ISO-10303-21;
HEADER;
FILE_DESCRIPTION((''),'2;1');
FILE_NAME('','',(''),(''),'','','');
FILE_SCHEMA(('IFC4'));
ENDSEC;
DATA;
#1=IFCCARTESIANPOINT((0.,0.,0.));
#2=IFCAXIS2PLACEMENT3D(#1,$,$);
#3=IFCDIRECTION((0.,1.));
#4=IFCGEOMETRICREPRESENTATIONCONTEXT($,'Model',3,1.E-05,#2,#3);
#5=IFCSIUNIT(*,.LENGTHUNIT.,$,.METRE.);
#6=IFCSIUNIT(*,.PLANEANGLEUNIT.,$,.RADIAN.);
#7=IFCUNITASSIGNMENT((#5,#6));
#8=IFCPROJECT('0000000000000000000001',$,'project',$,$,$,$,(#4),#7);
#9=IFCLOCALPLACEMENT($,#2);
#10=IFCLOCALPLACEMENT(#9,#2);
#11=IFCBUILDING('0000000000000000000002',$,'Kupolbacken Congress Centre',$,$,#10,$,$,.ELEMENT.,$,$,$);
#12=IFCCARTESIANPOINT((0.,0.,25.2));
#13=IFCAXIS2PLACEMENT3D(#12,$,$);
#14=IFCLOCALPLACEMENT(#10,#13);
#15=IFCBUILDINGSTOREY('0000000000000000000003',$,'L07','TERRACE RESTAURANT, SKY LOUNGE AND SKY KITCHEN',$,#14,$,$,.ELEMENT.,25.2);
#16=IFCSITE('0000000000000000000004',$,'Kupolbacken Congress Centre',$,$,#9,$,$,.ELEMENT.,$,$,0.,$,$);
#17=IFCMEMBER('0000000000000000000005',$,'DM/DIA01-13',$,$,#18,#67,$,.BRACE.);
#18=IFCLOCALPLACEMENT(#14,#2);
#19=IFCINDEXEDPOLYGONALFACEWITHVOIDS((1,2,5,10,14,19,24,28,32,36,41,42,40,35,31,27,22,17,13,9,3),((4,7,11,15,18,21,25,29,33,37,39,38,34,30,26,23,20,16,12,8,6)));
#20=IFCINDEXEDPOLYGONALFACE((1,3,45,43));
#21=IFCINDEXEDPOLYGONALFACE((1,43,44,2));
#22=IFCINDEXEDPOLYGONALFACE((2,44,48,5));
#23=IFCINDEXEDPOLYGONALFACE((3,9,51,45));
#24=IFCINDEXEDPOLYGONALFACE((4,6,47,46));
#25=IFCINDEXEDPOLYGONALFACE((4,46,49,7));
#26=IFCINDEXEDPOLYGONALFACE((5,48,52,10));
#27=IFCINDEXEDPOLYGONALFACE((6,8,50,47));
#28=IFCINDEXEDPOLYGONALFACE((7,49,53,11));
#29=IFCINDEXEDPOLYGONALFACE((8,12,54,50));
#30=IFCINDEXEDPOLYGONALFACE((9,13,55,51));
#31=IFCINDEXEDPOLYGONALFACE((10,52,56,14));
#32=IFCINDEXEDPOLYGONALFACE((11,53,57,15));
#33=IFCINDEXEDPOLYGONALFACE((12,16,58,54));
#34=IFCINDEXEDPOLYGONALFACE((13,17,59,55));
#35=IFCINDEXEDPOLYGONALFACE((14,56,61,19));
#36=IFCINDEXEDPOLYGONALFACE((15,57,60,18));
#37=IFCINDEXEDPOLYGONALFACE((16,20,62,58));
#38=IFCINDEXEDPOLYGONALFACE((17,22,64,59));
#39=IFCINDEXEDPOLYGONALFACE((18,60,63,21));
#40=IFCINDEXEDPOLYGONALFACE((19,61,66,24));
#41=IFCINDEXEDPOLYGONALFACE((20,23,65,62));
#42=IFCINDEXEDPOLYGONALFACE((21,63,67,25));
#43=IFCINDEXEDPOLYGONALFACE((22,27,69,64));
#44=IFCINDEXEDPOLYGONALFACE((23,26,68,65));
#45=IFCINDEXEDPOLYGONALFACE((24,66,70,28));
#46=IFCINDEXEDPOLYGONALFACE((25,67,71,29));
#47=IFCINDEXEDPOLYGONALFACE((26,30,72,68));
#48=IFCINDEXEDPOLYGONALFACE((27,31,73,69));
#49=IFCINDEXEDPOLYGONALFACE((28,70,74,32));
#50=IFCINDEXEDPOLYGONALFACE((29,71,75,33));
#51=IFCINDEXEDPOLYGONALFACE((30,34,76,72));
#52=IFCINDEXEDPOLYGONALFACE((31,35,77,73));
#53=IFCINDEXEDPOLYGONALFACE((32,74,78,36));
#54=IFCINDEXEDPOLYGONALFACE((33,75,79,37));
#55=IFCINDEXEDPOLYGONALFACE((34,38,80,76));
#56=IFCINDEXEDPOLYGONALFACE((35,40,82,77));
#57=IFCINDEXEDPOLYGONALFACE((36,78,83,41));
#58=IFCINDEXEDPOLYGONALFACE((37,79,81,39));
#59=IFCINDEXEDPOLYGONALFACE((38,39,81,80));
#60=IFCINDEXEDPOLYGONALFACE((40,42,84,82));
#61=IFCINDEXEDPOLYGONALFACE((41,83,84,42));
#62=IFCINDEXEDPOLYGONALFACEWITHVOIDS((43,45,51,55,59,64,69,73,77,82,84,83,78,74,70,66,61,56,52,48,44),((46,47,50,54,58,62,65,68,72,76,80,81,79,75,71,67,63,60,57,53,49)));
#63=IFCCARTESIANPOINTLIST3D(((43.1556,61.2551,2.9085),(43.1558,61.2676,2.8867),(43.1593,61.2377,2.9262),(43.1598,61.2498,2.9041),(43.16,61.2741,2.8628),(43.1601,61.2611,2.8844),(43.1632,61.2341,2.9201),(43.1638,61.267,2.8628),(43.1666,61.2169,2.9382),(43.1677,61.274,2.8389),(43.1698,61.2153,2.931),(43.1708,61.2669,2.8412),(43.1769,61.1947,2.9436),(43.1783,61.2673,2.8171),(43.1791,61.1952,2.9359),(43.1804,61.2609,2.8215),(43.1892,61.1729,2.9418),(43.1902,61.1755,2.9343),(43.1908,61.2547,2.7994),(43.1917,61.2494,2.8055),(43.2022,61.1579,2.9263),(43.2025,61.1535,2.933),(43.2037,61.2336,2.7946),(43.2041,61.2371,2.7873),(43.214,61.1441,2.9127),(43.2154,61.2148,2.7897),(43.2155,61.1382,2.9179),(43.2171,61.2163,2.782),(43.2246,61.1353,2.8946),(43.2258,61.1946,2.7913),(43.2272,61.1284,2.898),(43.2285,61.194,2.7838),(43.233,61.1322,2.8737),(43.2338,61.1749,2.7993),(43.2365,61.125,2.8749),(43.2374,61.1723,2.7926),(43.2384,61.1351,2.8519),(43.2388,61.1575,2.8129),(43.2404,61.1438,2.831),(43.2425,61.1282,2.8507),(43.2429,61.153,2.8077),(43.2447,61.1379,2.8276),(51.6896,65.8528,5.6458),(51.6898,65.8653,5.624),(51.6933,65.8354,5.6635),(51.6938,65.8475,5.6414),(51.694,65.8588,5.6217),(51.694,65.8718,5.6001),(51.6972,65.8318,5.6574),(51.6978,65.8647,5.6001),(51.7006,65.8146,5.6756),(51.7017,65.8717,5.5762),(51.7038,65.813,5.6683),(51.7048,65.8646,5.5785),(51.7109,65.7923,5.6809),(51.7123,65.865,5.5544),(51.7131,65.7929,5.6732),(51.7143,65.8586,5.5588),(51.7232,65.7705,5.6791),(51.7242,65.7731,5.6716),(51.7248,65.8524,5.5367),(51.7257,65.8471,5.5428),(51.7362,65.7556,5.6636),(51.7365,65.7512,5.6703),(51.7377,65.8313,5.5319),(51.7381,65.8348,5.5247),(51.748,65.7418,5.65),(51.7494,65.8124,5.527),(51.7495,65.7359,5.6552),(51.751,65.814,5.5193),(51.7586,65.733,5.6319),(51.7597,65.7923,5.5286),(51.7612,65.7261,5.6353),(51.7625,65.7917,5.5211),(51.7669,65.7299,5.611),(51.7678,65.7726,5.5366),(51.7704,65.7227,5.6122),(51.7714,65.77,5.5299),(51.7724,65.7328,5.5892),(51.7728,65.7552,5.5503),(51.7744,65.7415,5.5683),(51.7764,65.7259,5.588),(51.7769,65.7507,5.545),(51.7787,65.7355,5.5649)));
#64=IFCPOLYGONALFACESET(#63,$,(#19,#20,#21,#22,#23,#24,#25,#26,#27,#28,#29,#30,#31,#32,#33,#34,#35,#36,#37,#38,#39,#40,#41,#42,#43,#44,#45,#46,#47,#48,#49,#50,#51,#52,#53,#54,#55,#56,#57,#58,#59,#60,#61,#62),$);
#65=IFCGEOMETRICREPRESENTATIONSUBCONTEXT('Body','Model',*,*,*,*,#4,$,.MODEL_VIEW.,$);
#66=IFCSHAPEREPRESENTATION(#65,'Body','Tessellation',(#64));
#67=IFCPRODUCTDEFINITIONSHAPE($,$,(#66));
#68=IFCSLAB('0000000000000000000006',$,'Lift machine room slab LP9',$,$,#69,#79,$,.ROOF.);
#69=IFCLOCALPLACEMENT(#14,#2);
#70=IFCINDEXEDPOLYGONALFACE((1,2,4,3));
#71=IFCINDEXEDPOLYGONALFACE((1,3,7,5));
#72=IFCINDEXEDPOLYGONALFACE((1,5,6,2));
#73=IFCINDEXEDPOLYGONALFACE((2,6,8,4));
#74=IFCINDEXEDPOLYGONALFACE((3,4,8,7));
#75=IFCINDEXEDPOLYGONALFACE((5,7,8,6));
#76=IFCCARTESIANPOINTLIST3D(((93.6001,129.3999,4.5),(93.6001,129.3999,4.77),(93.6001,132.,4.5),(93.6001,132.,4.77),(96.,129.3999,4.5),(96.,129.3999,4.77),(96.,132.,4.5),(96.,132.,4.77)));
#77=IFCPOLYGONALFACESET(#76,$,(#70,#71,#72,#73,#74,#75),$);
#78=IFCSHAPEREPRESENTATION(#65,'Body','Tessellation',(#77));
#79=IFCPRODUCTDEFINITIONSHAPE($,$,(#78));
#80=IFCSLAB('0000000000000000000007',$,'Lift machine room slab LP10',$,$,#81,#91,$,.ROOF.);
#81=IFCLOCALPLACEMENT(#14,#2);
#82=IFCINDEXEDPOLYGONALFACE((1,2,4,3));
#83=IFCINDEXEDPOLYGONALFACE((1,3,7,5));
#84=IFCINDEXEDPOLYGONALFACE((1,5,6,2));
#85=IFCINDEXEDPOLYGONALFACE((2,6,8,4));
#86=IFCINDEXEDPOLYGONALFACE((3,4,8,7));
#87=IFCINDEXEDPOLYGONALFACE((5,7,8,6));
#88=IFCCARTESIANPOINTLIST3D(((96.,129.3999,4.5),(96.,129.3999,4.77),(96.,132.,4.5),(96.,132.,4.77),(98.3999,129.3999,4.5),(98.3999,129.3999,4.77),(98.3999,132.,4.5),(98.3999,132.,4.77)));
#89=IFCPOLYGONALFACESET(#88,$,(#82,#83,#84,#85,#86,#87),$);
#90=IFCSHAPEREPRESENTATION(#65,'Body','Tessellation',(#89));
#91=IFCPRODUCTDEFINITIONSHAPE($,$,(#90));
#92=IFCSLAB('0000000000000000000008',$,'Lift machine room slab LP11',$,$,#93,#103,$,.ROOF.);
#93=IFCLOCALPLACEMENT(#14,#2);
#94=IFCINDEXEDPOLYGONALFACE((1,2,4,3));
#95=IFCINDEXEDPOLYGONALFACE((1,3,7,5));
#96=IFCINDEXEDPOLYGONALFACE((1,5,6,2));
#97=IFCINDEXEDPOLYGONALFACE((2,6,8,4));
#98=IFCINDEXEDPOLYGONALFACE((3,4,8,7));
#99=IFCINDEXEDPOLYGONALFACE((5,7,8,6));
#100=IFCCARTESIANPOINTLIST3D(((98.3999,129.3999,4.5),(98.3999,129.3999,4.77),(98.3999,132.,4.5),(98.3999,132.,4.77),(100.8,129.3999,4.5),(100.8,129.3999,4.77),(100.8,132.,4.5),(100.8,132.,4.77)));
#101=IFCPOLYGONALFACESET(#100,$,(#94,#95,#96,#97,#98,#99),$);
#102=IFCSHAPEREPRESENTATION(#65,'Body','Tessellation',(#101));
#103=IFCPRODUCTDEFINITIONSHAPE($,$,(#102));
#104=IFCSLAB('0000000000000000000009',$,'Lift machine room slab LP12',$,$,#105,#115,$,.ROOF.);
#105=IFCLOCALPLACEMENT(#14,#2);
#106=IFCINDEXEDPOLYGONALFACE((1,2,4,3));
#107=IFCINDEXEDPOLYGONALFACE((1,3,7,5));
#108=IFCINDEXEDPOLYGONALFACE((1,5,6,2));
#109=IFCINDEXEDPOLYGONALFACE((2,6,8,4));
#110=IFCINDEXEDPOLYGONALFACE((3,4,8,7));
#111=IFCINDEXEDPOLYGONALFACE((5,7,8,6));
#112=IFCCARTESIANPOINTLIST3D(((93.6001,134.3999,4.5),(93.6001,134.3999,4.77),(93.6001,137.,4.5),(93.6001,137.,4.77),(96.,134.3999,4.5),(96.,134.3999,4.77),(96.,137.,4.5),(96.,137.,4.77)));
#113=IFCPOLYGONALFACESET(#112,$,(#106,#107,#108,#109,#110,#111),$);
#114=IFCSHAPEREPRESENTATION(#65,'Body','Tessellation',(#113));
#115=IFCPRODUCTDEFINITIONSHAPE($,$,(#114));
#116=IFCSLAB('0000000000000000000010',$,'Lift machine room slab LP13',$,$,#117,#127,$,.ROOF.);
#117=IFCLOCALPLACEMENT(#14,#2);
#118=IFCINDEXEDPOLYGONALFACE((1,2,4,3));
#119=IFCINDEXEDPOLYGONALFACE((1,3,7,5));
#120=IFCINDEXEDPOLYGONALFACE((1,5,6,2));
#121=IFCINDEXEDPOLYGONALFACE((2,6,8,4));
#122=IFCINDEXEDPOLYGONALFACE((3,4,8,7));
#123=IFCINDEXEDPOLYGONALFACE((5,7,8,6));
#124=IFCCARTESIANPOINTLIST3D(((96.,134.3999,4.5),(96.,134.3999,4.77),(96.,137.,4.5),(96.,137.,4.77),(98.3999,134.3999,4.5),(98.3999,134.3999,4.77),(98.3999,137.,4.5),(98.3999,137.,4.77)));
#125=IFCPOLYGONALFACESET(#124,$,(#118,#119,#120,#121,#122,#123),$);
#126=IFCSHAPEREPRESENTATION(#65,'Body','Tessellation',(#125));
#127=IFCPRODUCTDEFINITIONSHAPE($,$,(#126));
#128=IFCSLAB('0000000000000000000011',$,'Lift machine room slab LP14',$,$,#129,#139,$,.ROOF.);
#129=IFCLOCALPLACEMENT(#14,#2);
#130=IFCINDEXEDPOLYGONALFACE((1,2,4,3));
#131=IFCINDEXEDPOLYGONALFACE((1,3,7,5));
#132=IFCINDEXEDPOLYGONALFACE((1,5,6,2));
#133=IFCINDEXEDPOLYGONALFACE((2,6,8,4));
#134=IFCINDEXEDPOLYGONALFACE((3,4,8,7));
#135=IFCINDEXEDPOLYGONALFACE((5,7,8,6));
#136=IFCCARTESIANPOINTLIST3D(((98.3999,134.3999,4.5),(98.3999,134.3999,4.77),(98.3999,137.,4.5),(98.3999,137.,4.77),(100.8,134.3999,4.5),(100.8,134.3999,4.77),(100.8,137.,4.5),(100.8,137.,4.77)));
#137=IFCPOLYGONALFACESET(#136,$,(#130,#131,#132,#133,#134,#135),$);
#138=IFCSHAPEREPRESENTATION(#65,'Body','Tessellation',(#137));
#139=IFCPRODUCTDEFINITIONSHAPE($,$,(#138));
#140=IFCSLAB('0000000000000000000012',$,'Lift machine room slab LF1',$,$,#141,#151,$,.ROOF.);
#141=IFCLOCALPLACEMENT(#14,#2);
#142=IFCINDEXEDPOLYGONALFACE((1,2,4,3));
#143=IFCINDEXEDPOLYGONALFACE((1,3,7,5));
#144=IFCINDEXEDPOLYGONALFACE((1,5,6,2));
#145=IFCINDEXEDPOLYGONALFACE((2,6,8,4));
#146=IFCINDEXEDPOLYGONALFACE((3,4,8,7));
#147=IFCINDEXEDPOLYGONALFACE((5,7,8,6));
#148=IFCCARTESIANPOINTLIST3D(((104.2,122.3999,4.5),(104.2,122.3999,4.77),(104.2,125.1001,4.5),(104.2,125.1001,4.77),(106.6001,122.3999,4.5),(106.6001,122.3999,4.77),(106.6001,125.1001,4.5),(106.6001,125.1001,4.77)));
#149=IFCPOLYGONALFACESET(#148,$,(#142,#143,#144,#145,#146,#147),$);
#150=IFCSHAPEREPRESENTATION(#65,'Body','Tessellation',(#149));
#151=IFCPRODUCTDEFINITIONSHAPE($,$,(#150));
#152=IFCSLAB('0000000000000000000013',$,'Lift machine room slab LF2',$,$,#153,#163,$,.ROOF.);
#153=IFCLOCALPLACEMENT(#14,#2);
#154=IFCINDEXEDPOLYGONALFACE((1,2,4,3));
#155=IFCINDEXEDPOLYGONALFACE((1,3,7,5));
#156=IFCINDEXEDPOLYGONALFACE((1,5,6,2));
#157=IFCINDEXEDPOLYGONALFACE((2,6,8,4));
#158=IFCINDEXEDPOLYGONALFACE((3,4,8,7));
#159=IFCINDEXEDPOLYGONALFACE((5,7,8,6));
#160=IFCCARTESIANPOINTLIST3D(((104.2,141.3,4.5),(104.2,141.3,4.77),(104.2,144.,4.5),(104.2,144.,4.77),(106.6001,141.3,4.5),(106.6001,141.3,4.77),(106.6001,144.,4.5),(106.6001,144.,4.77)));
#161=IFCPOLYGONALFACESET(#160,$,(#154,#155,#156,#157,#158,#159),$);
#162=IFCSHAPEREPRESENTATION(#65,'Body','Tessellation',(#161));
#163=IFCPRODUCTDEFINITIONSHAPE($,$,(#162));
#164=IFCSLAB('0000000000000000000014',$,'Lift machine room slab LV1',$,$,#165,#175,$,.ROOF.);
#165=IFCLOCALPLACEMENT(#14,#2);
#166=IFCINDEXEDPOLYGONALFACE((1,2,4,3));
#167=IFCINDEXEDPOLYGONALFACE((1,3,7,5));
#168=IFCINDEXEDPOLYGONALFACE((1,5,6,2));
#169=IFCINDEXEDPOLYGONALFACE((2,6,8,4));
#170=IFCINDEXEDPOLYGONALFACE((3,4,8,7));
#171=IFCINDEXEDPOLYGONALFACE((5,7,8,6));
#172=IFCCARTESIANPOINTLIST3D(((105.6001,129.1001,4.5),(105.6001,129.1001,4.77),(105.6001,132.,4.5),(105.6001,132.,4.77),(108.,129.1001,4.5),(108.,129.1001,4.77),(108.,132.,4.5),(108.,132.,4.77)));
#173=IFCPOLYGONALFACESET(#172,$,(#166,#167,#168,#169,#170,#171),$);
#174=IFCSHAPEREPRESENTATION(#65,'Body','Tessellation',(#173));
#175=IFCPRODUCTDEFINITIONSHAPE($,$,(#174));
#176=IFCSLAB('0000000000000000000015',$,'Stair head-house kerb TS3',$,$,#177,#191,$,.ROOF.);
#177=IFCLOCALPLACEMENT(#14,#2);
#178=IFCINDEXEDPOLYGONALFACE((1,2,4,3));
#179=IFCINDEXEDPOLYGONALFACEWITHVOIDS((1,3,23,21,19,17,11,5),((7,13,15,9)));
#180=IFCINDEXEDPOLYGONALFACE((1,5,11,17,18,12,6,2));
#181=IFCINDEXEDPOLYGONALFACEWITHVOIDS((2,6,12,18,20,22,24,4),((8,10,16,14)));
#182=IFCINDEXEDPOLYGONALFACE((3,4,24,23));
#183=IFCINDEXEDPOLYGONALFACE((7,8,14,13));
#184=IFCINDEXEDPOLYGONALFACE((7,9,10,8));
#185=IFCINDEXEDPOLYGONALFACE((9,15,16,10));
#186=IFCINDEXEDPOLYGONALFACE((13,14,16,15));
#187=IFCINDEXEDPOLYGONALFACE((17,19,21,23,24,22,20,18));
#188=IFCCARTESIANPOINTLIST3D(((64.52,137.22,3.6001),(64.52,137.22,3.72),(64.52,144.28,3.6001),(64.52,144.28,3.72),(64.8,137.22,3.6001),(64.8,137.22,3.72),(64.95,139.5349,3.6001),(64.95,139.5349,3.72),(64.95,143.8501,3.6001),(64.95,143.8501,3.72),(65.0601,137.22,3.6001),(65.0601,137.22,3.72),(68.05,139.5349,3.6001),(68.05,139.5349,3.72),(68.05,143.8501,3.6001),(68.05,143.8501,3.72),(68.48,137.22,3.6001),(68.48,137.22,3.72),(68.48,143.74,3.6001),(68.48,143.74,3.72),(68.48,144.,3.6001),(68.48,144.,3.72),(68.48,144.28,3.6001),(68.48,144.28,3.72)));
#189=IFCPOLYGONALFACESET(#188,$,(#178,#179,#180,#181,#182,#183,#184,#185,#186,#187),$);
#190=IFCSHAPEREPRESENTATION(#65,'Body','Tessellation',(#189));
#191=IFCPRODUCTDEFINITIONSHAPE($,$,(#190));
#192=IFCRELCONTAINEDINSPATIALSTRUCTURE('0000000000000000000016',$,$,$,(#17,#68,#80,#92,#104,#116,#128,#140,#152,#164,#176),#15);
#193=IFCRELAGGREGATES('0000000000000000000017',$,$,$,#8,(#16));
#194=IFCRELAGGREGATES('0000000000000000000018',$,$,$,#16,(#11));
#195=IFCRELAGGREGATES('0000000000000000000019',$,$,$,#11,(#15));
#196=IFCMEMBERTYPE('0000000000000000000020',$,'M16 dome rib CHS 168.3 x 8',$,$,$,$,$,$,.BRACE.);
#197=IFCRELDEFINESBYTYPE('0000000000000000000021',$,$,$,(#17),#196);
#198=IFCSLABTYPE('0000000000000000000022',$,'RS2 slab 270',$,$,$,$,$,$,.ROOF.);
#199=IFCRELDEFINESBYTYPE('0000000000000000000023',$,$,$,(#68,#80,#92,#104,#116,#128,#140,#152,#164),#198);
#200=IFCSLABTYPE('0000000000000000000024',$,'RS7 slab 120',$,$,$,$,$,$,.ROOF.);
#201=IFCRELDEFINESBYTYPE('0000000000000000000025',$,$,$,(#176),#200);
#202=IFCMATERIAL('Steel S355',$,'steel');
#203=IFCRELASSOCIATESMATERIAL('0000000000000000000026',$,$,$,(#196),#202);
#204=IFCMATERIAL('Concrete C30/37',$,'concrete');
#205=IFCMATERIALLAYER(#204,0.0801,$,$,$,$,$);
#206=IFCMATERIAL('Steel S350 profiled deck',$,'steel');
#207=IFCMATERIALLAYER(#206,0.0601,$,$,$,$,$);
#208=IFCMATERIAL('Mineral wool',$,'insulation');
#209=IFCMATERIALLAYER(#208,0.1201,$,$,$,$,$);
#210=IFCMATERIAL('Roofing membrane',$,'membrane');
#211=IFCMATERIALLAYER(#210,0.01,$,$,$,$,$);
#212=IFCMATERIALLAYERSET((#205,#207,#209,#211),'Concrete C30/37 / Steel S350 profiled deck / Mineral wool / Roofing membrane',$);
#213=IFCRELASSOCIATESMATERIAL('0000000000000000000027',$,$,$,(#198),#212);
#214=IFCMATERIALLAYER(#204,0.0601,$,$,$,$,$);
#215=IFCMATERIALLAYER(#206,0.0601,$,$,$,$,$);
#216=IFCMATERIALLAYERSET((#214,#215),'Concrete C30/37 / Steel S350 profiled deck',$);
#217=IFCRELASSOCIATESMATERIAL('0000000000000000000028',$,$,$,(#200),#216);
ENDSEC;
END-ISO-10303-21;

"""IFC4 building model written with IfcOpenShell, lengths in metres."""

from ifc_helpers import new_model, si_unit, direction, frame, origin, origin_2d, place, context, subcontext, project, spatial, polyline, hollow_circle, outline, extrude, material, layer, layer_set, material_profile, profile_set, type_object, element, save


model = new_model("IFC4")

# Units and contexts
model_context = context("Model", 3, precision=1e-05, world=origin(), true_north=direction((0.0, 1.0)))
body_context = subcontext(model_context, "Body", "Model", "MODEL_VIEW")
ifc_project = project(units=[si_unit("LENGTHUNIT", "METRE"), si_unit("PLANEANGLEUNIT", "RADIAN")], contexts=[model_context])

# Site, building, storey
site_placement = place(None, origin())
site = spatial("IfcSite", under=ifc_project, at=site_placement, Name="Kupolbacken Congress Centre", CompositionType="ELEMENT", RefElevation=0.0)
building_placement = place(site_placement, origin())
building = spatial("IfcBuilding", under=site, at=building_placement, Name="Kupolbacken Congress Centre", CompositionType="ELEMENT")
storey_placement = place(building_placement, frame((0.0, 0.0, 25.2)))
storey = spatial("IfcBuildingStorey", under=building, at=storey_placement, Name="L07", Description="TERRACE RESTAURANT, SKY LOUNGE AND SKY KITCHEN", CompositionType="ELEMENT", Elevation=25.2)

# Member
ifc_material_1 = material(Name="Steel S355", Category="steel")
ifc_material_profile_1 = material_profile(ifc_material_1, hollow_circle(Radius=0.0842, WallThickness=0.0081, at=origin_2d()), Name="CHS 168.3 x 8")
ifc_profile_set_1 = profile_set([ifc_material_profile_1], Name="Steel S355")
member_type_1 = type_object("IfcMemberType", Name="M16 dome rib CHS 168.3 x 8", PredefinedType="BRACE", material=ifc_profile_set_1)
member_1_placement = place(storey_placement, frame((43.2, 61.2, 2.8628), z_axis=(0.847234, 0.456447, 0.271755), x_axis=(-0.474297, 0.880365, 0.0)))
element("IfcMember", 1, at=member_1_placement, inside=storey, type_object=member_type_1, Name="DM/DIA01-13", PredefinedType="BRACE", context=body_context, shape_type="SweptSolid", body=[
    extrude(hollow_circle(Radius=0.0842, WallThickness=0.0081, at=origin_2d()), origin(), (0.0, 0.0, 1.0), 10.0728),
])

# Slabs
ifc_material_2 = material(Name="Concrete C30/37", Category="concrete")
ifc_layer_1 = layer(ifc_material_2, 0.0801)
ifc_material_3 = material(Name="Steel S350 profiled deck", Category="steel")
ifc_layer_2 = layer(ifc_material_3, 0.0601)
ifc_material_4 = material(Name="Mineral wool", Category="insulation")
ifc_layer_3 = layer(ifc_material_4, 0.1201)
ifc_material_5 = material(Name="Roofing membrane", Category="membrane")
ifc_layer_4 = layer(ifc_material_5, 0.01)
ifc_layer_set_1 = layer_set([ifc_layer_1, ifc_layer_2, ifc_layer_3, ifc_layer_4], Name="Concrete C30/37 / Steel S350 profiled deck / Mineral wool / Roofing membrane")
slab_type_1 = type_object("IfcSlabType", Name="RS2 slab 270", PredefinedType="ROOF", material=ifc_layer_set_1)
slab_1_placement = place(storey_placement, frame((0.0, 0.0, 4.5)))
element("IfcSlab", 2, at=slab_1_placement, inside=storey, type_object=slab_type_1, Name="Lift machine room slab LP9", PredefinedType="ROOF", context=body_context, shape_type="SweptSolid", body=[
    extrude(outline(polyline([(93.6001, 129.3999), (96.0, 129.3999), (96.0, 132.0), (93.6001, 132.0), (93.6001, 129.3999)])), origin(), (0.0, 0.0, 1.0), 0.27),
])
slab_2_placement = place(storey_placement, frame((0.0, 0.0, 4.5)))
element("IfcSlab", 3, at=slab_2_placement, inside=storey, type_object=slab_type_1, Name="Lift machine room slab LP10", PredefinedType="ROOF", context=body_context, shape_type="SweptSolid", body=[
    extrude(outline(polyline([(96.0, 129.3999), (98.3999, 129.3999), (98.3999, 132.0), (96.0, 132.0), (96.0, 129.3999)])), origin(), (0.0, 0.0, 1.0), 0.27),
])
slab_3_placement = place(storey_placement, frame((0.0, 0.0, 4.5)))
element("IfcSlab", 4, at=slab_3_placement, inside=storey, type_object=slab_type_1, Name="Lift machine room slab LP11", PredefinedType="ROOF", context=body_context, shape_type="SweptSolid", body=[
    extrude(outline(polyline([(98.3999, 129.3999), (100.8, 129.3999), (100.8, 132.0), (98.3999, 132.0), (98.3999, 129.3999)])), origin(), (0.0, 0.0, 1.0), 0.27),
])
slab_4_placement = place(storey_placement, frame((0.0, 0.0, 4.5)))
element("IfcSlab", 5, at=slab_4_placement, inside=storey, type_object=slab_type_1, Name="Lift machine room slab LP12", PredefinedType="ROOF", context=body_context, shape_type="SweptSolid", body=[
    extrude(outline(polyline([(93.6001, 134.3999), (96.0, 134.3999), (96.0, 137.0), (93.6001, 137.0), (93.6001, 134.3999)])), origin(), (0.0, 0.0, 1.0), 0.27),
])
slab_5_placement = place(storey_placement, frame((0.0, 0.0, 4.5)))
element("IfcSlab", 6, at=slab_5_placement, inside=storey, type_object=slab_type_1, Name="Lift machine room slab LP13", PredefinedType="ROOF", context=body_context, shape_type="SweptSolid", body=[
    extrude(outline(polyline([(96.0, 134.3999), (98.3999, 134.3999), (98.3999, 137.0), (96.0, 137.0), (96.0, 134.3999)])), origin(), (0.0, 0.0, 1.0), 0.27),
])
slab_6_placement = place(storey_placement, frame((0.0, 0.0, 4.5)))
element("IfcSlab", 7, at=slab_6_placement, inside=storey, type_object=slab_type_1, Name="Lift machine room slab LP14", PredefinedType="ROOF", context=body_context, shape_type="SweptSolid", body=[
    extrude(outline(polyline([(98.3999, 134.3999), (100.8, 134.3999), (100.8, 137.0), (98.3999, 137.0), (98.3999, 134.3999)])), origin(), (0.0, 0.0, 1.0), 0.27),
])
slab_7_placement = place(storey_placement, frame((0.0, 0.0, 4.5)))
element("IfcSlab", 8, at=slab_7_placement, inside=storey, type_object=slab_type_1, Name="Lift machine room slab LF1", PredefinedType="ROOF", context=body_context, shape_type="SweptSolid", body=[
    extrude(outline(polyline([(104.2, 122.3999), (106.6001, 122.3999), (106.6001, 125.1001), (104.2, 125.1001), (104.2, 122.3999)])), origin(), (0.0, 0.0, 1.0), 0.27),
])
slab_8_placement = place(storey_placement, frame((0.0, 0.0, 4.5)))
element("IfcSlab", 9, at=slab_8_placement, inside=storey, type_object=slab_type_1, Name="Lift machine room slab LF2", PredefinedType="ROOF", context=body_context, shape_type="SweptSolid", body=[
    extrude(outline(polyline([(104.2, 141.3), (106.6001, 141.3), (106.6001, 144.0), (104.2, 144.0), (104.2, 141.3)])), origin(), (0.0, 0.0, 1.0), 0.27),
])
slab_9_placement = place(storey_placement, frame((0.0, 0.0, 4.5)))
element("IfcSlab", 10, at=slab_9_placement, inside=storey, type_object=slab_type_1, Name="Lift machine room slab LV1", PredefinedType="ROOF", context=body_context, shape_type="SweptSolid", body=[
    extrude(outline(polyline([(105.6001, 129.1001), (108.0, 129.1001), (108.0, 132.0), (105.6001, 132.0), (105.6001, 129.1001)])), origin(), (0.0, 0.0, 1.0), 0.27),
])
ifc_layer_5 = layer(ifc_material_2, 0.0601)
ifc_layer_6 = layer(ifc_material_3, 0.0601)
ifc_layer_set_2 = layer_set([ifc_layer_5, ifc_layer_6], Name="Concrete C30/37 / Steel S350 profiled deck")
slab_type_2 = type_object("IfcSlabType", Name="RS7 slab 120", PredefinedType="ROOF", material=ifc_layer_set_2)
slab_10_placement = place(storey_placement, frame((0.0, 0.0, 3.6001)))
element("IfcSlab", 11, at=slab_10_placement, inside=storey, type_object=slab_type_2, Name="Stair head-house kerb TS3", PredefinedType="ROOF", context=body_context, shape_type="SweptSolid", body=[
    extrude(outline(polyline([(68.48, 137.22), (65.0601, 137.22), (64.8, 137.22), (64.52, 137.22), (64.52, 144.28), (68.48, 144.28), (68.48, 144.0), (68.48, 143.74), (68.48, 137.22)]), holes=[polyline([(68.05, 139.5349), (68.05, 143.8501), (64.95, 143.8501), (64.95, 139.5349), (68.05, 139.5349)])]), origin(), (0.0, 0.0, 1.0), 0.1199),
])

save(model, "model.ifc")
